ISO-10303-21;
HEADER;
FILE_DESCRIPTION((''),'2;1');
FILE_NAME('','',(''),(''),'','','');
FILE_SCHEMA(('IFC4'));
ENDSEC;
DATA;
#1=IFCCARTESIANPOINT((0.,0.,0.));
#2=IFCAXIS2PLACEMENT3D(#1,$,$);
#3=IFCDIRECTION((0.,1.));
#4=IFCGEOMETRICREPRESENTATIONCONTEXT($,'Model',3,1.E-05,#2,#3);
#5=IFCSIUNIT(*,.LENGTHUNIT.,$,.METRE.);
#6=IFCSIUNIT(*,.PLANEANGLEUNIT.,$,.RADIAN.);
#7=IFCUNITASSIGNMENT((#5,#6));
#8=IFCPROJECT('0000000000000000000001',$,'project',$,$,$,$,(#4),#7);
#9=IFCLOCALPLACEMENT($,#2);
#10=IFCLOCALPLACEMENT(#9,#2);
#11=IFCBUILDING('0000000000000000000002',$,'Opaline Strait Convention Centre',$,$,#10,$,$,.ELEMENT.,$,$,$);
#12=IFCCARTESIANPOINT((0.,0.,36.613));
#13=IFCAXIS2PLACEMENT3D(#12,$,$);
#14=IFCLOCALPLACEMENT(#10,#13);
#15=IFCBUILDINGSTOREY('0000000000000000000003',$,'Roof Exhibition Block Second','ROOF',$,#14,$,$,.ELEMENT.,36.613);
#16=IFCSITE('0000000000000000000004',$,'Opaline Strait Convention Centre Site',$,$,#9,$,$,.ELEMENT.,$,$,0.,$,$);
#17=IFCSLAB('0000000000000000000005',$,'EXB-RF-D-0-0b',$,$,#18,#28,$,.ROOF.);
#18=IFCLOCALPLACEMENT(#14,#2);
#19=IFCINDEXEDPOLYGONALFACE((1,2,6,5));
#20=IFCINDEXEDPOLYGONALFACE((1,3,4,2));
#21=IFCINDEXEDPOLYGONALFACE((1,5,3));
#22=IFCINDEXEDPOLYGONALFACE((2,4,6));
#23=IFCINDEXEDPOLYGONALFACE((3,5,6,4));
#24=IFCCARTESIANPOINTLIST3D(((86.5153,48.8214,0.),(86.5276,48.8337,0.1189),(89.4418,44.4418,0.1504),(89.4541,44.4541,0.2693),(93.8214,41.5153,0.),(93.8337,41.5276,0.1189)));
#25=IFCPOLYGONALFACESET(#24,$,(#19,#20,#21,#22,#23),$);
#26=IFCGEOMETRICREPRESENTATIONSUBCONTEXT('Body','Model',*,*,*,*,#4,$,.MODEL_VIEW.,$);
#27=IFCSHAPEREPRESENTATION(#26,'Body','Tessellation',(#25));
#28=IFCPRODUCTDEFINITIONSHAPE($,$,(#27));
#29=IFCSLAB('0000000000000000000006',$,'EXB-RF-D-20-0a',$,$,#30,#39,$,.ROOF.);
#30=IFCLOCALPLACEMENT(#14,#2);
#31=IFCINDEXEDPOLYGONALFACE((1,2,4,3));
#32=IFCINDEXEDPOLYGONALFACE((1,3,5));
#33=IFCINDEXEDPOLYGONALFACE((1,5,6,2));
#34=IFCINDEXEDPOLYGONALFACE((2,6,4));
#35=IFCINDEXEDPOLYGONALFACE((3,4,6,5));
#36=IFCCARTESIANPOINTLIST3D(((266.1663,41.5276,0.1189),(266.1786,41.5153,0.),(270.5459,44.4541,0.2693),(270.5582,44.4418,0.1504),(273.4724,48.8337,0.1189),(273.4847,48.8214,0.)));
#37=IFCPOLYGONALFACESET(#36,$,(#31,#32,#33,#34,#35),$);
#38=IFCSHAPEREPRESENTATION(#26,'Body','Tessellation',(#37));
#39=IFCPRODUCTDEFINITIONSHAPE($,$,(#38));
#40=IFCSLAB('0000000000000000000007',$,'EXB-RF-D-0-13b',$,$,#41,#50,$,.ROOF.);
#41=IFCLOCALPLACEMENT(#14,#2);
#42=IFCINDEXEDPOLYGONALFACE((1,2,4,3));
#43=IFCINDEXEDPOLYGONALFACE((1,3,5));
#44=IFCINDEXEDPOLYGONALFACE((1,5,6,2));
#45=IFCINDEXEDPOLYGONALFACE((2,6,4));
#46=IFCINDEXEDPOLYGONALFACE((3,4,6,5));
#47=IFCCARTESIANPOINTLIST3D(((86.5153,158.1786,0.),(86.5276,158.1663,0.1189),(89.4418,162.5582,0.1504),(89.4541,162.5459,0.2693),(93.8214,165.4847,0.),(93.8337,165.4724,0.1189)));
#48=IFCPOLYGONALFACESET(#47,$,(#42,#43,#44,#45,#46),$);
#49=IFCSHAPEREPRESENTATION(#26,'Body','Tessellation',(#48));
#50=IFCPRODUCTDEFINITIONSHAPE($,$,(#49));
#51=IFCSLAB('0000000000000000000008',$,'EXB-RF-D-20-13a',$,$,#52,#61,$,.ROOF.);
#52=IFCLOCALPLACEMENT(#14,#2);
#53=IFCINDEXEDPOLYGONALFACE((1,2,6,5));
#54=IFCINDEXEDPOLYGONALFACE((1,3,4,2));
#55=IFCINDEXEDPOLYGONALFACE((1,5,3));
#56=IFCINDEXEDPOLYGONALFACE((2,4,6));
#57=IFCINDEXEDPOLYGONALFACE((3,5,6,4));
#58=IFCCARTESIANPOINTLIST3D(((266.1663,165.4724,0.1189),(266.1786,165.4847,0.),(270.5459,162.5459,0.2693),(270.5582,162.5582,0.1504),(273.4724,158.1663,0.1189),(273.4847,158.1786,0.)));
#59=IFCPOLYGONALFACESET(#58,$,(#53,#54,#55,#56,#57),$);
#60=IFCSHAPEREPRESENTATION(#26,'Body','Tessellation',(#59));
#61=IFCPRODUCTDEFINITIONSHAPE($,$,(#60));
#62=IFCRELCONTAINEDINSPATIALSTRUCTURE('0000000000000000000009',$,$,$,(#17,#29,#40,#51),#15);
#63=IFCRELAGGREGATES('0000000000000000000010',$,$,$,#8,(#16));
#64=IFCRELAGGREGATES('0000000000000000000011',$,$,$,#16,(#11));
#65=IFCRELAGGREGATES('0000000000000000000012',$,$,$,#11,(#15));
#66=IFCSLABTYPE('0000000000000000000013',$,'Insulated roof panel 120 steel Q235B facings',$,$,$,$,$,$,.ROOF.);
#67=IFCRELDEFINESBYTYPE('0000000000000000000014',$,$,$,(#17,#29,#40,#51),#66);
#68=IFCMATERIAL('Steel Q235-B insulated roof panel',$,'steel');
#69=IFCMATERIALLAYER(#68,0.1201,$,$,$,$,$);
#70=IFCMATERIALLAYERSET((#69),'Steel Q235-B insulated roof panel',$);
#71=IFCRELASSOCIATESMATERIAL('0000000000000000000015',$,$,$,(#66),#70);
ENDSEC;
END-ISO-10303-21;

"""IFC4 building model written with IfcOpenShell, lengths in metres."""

from ifc_helpers import new_model, si_unit, direction, frame, origin, place, context, subcontext, project, spatial, polyline, outline, extrude, material, layer, layer_set, type_object, element, save


model = new_model("IFC4")

# Units and contexts
model_context = context("Model", 3, precision=1e-05, world=origin(), true_north=direction((0.0, 1.0)))
body_context = subcontext(model_context, "Body", "Model", "MODEL_VIEW")
ifc_project = project(units=[si_unit("LENGTHUNIT", "METRE"), si_unit("PLANEANGLEUNIT", "RADIAN")], contexts=[model_context])

# Site, building, storey
site_placement = place(None, origin())
site = spatial("IfcSite", under=ifc_project, at=site_placement, Name="Opaline Strait Convention Centre Site", CompositionType="ELEMENT", RefElevation=0.0)
building_placement = place(site_placement, origin())
building = spatial("IfcBuilding", under=site, at=building_placement, Name="Opaline Strait Convention Centre", CompositionType="ELEMENT")
storey_placement = place(building_placement, frame((0.0, 0.0, 36.613)))
storey = spatial("IfcBuildingStorey", under=building, at=storey_placement, Name="Roof Exhibition Block Second", Description="ROOF", CompositionType="ELEMENT", Elevation=36.613)

# Slabs
ifc_material = material(Name="Steel Q235-B insulated roof panel", Category="steel")
ifc_layer = layer(ifc_material, 0.1201)
ifc_layer_set = layer_set([ifc_layer], Name="Steel Q235-B insulated roof panel")
slab_type = type_object("IfcSlabType", Name="Insulated roof panel 120 steel Q235B facings", PredefinedType="ROOF", material=ifc_layer_set)
slab_1_placement = place(storey_placement, frame((89.4541, 44.4541, 0.2693), z_axis=(0.102404, 0.102404, 0.989458), x_axis=(0.831119, -0.555361, -0.028539)))
element("IfcSlab", 1, at=slab_1_placement, inside=storey, type_object=slab_type, Name="EXB-RF-D-0-0b", PredefinedType="ROOF", context=body_context, shape_type="SweptSolid", body=[
    extrude(outline(polyline([(0.0, 0.0), (5.2696, 0.0), (-4.8603, 2.0362), (0.0, 0.0)])), origin(), (0.0, 0.0, -1.0), 0.1201),
])
slab_2_placement = place(storey_placement, frame((266.1663, 41.5276, 0.1189), z_axis=(-0.102404, 0.102404, 0.989458), x_axis=(0.831119, 0.555361, 0.028539)))
element("IfcSlab", 2, at=slab_2_placement, inside=storey, type_object=slab_type, Name="EXB-RF-D-20-0a", PredefinedType="ROOF", context=body_context, shape_type="SweptSolid", body=[
    extrude(outline(polyline([(0.0, 0.0), (5.2696, 0.0), (10.1298, 2.0362), (0.0, 0.0)])), origin(), (0.0, 0.0, -1.0), 0.1201),
])
slab_3_placement = place(storey_placement, frame((86.5276, 158.1663, 0.1189), z_axis=(0.102404, -0.102404, 0.989458), x_axis=(0.707107, 0.707107, 0.0)))
element("IfcSlab", 3, at=slab_3_placement, inside=storey, type_object=slab_type, Name="EXB-RF-D-0-13b", PredefinedType="ROOF", context=body_context, shape_type="SweptSolid", body=[
    extrude(outline(polyline([(0.0, 0.0), (10.3325, 0.0), (5.1662, 1.0385), (0.0, 0.0)])), origin(), (0.0, 0.0, -1.0), 0.1201),
])
slab_4_placement = place(storey_placement, frame((273.4724, 158.1663, 0.1189), z_axis=(-0.102404, -0.102404, 0.989458), x_axis=(-0.555361, 0.831119, 0.028539)))
element("IfcSlab", 4, at=slab_4_placement, inside=storey, type_object=slab_type, Name="EXB-RF-D-20-13a", PredefinedType="ROOF", context=body_context, shape_type="SweptSolid", body=[
    extrude(outline(polyline([(0.0, 0.0), (5.2696, 0.0), (10.1298, 2.0362), (0.0, 0.0)])), origin(), (0.0, 0.0, -1.0), 0.1201),
])

save(model, "model.ifc")
